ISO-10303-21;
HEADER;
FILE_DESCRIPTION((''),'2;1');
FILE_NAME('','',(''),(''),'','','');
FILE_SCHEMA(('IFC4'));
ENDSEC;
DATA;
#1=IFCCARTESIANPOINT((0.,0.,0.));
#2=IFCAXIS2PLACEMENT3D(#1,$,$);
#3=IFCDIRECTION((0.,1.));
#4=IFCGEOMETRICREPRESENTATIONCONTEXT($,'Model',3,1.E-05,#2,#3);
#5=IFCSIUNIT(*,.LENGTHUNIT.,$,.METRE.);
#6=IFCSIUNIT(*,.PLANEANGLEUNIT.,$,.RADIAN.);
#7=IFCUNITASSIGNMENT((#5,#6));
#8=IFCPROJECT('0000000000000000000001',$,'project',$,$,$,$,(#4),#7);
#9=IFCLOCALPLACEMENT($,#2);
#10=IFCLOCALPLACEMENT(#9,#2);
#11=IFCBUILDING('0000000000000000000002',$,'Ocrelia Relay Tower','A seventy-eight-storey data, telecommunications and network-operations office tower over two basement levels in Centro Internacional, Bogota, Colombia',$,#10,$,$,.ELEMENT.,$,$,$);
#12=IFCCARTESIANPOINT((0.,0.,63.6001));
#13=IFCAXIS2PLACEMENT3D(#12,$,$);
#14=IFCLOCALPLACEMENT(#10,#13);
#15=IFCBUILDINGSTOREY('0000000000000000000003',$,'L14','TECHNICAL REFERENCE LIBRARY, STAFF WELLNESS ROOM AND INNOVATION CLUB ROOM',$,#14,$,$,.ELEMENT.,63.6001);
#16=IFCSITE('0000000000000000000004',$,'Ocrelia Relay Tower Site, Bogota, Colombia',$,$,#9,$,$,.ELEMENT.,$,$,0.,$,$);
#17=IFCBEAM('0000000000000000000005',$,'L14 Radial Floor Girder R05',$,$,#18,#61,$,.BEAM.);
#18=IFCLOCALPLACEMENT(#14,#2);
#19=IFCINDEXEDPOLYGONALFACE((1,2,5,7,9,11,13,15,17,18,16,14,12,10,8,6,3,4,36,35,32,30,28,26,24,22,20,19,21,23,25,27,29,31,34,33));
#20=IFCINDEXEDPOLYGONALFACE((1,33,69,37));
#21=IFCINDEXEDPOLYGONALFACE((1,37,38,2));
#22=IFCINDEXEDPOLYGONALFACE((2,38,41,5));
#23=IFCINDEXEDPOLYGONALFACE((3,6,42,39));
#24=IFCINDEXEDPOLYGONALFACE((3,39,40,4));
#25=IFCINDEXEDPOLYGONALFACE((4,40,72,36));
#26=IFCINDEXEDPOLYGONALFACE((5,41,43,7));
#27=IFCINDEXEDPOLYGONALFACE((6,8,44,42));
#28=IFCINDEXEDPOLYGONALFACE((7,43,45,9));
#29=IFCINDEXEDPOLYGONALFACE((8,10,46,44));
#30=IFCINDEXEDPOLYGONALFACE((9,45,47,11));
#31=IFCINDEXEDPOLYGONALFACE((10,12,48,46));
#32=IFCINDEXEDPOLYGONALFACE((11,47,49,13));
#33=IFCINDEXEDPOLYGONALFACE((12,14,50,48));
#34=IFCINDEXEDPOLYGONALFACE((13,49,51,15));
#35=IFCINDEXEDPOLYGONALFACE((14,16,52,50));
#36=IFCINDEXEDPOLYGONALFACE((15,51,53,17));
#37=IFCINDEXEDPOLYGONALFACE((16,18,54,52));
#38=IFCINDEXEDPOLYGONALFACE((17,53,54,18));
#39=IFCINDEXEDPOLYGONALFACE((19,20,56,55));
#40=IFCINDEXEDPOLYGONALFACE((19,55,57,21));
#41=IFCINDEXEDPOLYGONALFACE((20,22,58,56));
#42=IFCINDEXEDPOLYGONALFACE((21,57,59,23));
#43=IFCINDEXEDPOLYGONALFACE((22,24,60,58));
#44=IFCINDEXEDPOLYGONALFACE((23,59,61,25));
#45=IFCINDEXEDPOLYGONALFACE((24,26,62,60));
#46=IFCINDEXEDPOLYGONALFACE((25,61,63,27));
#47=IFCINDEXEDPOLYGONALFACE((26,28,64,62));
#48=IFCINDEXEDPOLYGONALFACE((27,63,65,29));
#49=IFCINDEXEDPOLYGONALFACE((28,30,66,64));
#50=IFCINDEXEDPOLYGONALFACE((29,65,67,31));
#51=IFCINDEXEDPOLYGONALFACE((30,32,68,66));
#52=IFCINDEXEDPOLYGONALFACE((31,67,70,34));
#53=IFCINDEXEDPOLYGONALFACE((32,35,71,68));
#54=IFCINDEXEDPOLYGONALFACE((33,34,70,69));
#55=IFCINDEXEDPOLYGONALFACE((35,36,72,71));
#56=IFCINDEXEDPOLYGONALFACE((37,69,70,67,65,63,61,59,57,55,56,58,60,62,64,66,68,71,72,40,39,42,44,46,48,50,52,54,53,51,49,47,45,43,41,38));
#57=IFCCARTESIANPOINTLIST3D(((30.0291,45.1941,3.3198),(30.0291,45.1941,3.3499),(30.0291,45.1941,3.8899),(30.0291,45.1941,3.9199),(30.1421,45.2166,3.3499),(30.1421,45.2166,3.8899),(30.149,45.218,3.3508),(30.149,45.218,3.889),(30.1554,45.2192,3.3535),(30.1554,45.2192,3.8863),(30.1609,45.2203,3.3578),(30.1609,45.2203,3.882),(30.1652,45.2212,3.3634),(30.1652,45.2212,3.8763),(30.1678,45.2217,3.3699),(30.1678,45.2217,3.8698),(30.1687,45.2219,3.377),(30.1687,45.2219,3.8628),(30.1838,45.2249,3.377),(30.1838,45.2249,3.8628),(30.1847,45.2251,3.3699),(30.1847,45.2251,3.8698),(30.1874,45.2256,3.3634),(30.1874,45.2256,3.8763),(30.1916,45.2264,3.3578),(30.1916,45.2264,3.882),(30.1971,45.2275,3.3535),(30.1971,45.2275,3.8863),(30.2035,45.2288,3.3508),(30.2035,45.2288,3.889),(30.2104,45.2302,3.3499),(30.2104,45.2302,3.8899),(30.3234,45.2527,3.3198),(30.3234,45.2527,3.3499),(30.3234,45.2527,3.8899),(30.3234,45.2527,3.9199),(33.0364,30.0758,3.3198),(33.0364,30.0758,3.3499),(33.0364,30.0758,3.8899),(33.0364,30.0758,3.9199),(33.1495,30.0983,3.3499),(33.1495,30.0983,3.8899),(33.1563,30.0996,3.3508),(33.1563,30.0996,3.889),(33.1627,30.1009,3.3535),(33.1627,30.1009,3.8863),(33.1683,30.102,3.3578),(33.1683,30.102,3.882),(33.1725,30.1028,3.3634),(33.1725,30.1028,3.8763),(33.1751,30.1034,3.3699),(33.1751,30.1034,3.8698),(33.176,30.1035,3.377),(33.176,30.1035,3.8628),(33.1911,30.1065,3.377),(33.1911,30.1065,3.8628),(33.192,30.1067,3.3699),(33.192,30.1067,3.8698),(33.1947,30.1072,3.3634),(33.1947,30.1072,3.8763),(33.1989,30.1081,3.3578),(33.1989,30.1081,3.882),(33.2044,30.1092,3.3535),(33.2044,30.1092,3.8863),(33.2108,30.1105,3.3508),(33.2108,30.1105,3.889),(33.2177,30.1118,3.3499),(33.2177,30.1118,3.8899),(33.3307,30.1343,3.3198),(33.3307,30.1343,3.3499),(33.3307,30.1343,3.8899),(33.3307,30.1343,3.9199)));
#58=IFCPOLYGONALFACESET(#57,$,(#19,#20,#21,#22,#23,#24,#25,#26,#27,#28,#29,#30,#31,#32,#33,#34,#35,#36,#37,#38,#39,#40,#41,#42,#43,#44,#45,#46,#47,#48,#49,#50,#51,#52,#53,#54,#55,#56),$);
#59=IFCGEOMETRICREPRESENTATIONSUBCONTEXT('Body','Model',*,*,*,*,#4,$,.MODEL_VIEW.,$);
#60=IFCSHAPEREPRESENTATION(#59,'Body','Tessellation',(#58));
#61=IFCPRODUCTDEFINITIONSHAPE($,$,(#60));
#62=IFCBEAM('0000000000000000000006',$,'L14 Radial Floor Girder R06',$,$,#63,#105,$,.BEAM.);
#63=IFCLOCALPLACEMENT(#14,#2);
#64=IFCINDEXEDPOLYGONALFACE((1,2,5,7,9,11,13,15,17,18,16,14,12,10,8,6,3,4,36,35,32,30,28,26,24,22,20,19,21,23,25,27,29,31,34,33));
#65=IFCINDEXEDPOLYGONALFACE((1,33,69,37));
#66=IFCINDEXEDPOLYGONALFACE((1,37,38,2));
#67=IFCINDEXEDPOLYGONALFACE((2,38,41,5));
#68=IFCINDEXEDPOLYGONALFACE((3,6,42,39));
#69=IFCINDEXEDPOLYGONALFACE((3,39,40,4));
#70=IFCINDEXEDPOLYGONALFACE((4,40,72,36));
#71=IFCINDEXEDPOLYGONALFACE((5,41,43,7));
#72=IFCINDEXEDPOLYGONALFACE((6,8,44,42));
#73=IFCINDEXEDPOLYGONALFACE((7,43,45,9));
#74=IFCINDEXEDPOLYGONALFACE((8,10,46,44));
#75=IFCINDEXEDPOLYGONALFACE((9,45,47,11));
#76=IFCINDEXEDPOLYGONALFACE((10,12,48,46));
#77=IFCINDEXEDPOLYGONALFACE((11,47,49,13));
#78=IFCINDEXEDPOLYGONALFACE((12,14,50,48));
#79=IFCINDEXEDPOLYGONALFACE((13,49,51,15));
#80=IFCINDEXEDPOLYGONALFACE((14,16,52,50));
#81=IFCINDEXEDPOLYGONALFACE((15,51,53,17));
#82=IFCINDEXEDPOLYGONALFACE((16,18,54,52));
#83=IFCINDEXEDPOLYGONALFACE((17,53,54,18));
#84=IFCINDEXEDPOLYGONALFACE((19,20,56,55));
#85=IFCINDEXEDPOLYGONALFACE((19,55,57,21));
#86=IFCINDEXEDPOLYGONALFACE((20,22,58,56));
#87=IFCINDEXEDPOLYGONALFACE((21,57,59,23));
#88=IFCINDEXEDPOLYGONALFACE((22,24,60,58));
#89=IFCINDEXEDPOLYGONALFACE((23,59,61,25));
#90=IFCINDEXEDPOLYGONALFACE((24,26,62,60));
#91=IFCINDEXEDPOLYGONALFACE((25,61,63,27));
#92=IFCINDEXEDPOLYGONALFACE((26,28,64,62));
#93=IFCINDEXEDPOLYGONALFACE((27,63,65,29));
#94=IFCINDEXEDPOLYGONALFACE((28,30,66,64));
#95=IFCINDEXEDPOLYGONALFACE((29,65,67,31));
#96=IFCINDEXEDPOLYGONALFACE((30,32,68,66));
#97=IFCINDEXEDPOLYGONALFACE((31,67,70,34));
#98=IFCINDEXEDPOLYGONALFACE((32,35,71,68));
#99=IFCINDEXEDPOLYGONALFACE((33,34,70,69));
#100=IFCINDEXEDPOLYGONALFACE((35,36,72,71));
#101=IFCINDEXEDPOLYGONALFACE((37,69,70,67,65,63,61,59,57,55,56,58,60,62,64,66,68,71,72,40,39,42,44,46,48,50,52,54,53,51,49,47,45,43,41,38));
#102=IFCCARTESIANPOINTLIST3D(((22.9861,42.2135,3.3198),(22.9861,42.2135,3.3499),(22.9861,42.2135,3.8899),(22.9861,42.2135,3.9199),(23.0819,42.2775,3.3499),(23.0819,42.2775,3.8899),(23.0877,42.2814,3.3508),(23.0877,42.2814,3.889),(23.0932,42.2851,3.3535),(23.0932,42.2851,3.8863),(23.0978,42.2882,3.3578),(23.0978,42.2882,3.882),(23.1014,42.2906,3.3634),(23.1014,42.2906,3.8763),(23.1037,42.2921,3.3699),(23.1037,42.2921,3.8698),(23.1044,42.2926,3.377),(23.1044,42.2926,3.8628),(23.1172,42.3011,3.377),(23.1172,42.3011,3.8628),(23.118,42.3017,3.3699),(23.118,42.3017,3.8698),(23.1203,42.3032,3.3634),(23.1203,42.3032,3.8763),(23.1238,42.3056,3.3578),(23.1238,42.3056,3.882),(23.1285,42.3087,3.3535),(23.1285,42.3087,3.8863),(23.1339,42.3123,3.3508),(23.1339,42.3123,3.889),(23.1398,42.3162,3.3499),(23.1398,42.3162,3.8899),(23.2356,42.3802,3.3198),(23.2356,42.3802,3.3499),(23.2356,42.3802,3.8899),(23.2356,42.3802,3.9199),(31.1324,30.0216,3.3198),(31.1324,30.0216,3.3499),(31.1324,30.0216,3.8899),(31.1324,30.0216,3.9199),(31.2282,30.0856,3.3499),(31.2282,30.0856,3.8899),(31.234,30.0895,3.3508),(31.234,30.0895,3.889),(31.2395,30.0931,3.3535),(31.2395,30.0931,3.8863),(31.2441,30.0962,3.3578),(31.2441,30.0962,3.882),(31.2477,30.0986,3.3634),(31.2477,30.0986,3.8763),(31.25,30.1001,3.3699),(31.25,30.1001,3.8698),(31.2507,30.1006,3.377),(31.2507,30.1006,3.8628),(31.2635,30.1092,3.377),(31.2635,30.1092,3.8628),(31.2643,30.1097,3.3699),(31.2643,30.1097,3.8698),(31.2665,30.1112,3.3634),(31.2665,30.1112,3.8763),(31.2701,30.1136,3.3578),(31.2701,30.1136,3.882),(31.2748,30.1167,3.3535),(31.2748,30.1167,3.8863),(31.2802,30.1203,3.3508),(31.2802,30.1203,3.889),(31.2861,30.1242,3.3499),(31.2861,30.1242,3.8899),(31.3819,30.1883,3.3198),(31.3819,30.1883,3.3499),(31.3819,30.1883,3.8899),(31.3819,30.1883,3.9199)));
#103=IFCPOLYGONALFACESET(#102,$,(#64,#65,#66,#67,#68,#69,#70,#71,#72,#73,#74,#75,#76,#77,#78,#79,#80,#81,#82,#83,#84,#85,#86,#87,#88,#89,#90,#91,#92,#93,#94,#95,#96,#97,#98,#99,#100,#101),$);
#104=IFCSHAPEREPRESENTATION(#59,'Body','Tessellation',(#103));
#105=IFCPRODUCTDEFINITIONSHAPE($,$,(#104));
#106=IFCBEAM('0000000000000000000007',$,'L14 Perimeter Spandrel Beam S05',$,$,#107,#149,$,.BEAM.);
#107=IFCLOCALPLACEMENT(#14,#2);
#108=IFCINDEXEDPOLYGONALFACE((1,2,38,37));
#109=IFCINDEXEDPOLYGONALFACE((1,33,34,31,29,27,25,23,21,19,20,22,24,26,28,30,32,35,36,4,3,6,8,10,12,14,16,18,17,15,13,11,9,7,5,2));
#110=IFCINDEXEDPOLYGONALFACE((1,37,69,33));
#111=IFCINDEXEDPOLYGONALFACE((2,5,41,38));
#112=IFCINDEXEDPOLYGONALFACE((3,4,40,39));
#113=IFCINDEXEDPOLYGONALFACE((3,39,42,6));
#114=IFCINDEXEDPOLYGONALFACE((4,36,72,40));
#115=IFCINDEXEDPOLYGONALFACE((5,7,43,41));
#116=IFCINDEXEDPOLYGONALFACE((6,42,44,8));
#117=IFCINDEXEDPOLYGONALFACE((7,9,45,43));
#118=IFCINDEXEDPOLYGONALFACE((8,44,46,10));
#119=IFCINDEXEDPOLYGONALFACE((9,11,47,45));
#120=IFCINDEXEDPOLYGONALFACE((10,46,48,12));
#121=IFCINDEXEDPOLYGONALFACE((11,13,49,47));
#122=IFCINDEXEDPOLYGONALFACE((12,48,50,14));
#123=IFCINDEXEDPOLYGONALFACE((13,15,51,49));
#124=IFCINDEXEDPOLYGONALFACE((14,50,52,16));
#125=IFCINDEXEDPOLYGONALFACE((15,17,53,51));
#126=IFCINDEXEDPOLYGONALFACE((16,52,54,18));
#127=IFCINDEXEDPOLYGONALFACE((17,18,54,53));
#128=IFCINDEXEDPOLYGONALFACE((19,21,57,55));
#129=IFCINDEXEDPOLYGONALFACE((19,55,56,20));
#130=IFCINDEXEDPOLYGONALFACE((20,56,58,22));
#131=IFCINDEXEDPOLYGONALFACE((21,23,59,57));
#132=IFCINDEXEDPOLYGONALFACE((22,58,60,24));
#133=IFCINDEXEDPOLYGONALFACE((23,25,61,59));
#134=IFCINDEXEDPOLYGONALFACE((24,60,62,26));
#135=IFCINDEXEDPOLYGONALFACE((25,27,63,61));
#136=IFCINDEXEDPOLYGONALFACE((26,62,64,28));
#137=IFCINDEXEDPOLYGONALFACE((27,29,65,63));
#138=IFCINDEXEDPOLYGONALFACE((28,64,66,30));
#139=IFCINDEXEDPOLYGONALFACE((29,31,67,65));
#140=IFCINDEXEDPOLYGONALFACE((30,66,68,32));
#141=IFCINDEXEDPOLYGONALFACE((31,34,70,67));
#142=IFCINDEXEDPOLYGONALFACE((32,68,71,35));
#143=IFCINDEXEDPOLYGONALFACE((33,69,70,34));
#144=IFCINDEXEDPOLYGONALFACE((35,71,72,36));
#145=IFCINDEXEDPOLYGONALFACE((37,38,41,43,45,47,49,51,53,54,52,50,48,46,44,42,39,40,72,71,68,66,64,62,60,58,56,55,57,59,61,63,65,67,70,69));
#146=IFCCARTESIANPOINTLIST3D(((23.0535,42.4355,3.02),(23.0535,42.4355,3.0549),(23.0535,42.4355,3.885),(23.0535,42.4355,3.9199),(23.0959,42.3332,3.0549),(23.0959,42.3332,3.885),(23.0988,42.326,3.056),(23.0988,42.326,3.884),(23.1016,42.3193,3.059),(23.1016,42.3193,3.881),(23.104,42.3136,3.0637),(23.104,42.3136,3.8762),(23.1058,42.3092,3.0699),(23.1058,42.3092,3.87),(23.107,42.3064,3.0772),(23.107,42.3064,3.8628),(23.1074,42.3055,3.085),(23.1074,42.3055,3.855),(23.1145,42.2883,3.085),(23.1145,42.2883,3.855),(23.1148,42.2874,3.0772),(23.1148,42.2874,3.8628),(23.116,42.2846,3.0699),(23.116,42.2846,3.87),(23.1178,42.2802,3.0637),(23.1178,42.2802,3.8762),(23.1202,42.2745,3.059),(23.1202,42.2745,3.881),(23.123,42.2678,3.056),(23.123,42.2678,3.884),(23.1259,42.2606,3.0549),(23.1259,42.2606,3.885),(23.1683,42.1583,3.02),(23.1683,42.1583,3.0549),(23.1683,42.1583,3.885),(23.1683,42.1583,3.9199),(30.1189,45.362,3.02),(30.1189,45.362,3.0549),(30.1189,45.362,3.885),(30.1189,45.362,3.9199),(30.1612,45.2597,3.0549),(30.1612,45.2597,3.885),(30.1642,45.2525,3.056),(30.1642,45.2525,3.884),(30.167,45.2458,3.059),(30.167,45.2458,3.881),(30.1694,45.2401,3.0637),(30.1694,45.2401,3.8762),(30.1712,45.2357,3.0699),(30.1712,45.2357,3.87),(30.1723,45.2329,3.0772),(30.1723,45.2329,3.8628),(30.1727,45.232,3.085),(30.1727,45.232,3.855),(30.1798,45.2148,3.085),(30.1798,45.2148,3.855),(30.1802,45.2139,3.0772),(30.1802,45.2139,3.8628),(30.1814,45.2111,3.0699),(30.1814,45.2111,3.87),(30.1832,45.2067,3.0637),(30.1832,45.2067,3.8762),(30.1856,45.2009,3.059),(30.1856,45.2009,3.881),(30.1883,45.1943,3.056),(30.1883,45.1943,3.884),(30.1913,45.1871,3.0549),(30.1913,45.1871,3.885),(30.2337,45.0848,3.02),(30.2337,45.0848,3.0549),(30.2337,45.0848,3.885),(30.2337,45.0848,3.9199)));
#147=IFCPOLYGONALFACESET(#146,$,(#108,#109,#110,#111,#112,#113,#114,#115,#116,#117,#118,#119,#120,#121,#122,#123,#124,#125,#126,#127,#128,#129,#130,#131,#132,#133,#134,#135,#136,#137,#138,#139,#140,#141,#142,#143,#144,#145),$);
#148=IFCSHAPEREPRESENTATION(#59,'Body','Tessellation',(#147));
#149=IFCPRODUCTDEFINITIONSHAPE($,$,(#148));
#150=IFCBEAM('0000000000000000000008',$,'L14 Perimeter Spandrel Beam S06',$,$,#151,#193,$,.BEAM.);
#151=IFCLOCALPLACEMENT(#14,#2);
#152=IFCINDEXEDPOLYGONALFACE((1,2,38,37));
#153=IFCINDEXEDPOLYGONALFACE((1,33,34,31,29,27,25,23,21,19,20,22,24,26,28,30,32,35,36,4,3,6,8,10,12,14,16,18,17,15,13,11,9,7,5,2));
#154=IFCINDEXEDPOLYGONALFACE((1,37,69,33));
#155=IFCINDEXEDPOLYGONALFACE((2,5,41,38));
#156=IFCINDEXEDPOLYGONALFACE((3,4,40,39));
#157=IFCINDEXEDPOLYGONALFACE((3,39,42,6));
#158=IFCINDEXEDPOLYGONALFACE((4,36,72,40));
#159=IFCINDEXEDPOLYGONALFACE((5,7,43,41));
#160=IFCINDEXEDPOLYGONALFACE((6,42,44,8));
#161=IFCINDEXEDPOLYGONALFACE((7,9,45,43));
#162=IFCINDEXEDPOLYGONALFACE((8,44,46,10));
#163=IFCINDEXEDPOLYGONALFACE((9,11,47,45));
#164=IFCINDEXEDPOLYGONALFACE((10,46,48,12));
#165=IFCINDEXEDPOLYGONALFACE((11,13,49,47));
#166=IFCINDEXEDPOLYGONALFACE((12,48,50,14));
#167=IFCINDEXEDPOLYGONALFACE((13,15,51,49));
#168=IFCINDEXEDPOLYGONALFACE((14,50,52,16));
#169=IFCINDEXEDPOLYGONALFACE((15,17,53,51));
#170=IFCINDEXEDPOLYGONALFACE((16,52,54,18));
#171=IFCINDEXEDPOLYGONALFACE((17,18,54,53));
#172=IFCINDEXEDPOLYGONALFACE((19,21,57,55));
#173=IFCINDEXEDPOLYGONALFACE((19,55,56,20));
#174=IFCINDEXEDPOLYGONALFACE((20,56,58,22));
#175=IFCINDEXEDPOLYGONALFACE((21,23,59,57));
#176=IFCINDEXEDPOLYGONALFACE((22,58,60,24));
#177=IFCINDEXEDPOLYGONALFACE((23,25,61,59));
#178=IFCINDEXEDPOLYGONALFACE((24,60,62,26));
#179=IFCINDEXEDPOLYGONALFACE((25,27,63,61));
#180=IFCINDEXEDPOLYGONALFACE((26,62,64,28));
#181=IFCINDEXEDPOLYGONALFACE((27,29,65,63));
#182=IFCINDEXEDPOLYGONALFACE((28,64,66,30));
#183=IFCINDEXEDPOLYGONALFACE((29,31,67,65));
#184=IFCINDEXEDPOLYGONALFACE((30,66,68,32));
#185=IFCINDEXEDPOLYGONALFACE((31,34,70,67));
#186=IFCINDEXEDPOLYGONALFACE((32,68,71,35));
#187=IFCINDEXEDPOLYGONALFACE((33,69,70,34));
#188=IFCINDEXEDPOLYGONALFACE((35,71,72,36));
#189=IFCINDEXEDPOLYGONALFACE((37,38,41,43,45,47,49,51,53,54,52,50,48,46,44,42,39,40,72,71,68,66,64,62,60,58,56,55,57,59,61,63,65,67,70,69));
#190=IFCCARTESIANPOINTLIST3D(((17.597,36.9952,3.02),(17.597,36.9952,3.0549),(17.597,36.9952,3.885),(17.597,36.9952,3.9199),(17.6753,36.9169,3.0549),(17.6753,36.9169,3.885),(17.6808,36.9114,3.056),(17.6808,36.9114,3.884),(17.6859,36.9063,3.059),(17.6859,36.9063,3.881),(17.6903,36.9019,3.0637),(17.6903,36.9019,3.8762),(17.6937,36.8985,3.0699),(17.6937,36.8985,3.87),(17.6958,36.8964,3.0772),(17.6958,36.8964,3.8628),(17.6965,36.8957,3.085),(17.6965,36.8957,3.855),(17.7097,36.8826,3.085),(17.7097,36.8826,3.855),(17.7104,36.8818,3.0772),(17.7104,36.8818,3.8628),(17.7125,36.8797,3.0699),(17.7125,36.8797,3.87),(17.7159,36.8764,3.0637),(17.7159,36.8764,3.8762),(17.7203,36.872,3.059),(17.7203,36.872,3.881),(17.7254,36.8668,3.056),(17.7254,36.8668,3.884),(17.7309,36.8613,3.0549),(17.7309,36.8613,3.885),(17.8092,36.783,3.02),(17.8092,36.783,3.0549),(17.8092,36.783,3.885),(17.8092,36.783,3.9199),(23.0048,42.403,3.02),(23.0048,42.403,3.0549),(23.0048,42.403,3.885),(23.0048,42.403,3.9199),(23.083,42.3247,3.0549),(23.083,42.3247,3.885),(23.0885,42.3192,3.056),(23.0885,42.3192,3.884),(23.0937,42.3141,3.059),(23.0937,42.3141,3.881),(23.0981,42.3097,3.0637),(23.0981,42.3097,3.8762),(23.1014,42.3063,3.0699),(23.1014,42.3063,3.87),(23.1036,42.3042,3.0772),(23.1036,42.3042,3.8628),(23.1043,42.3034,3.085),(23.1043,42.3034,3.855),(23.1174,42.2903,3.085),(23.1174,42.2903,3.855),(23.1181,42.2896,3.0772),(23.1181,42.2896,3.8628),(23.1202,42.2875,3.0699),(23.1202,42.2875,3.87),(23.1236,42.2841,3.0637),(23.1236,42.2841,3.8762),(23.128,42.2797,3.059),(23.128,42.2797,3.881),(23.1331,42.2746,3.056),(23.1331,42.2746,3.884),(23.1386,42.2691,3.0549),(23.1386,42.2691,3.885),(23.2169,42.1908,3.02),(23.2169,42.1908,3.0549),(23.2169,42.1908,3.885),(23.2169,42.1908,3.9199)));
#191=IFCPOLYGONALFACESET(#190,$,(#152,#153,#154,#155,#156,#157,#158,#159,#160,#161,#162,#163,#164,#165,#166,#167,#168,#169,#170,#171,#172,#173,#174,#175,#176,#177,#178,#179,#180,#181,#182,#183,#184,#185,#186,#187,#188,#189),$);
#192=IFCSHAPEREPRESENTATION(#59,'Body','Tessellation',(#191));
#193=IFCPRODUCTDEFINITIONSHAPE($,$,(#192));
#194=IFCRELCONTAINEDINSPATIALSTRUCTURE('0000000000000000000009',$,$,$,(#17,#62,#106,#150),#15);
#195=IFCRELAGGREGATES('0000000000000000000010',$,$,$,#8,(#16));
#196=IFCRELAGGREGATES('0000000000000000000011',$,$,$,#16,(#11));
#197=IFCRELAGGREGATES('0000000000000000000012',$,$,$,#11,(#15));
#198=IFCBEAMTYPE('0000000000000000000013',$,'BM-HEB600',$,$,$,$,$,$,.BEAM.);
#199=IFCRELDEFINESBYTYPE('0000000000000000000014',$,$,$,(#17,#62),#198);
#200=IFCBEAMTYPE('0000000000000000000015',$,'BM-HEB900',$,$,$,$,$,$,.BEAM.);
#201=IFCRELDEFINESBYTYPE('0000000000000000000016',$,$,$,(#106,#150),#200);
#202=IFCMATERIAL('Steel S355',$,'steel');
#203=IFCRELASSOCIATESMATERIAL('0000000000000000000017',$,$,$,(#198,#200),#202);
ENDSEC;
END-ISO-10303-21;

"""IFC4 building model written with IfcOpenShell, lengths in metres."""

from ifc_helpers import new_model, si_unit, direction, frame, origin, origin_2d, place, context, subcontext, project, spatial, i_section, extrude, material, material_profile, profile_set, type_object, element, save


model = new_model("IFC4")

# Units and contexts
model_context = context("Model", 3, precision=1e-05, world=origin(), true_north=direction((0.0, 1.0)))
body_context = subcontext(model_context, "Body", "Model", "MODEL_VIEW")
ifc_project = project(units=[si_unit("LENGTHUNIT", "METRE"), si_unit("PLANEANGLEUNIT", "RADIAN")], contexts=[model_context])

# Site, building, storey
site_placement = place(None, origin())
site = spatial("IfcSite", under=ifc_project, at=site_placement, Name="Ocrelia Relay Tower Site, Bogota, Colombia", CompositionType="ELEMENT", RefElevation=0.0)
building_placement = place(site_placement, origin())
building = spatial("IfcBuilding", under=site, at=building_placement, Name="Ocrelia Relay Tower", Description="A seventy-eight-storey data, telecommunications and network-operations office tower over two basement levels in Centro Internacional, Bogota, Colombia", CompositionType="ELEMENT")
storey_placement = place(building_placement, frame((0.0, 0.0, 63.6001)))
storey = spatial("IfcBuildingStorey", under=building, at=storey_placement, Name="L14", Description="TECHNICAL REFERENCE LIBRARY, STAFF WELLNESS ROOM AND INNOVATION CLUB ROOM", CompositionType="ELEMENT", Elevation=63.6001)

# Beams
ifc_material_1 = material(Name="Steel S355", Category="steel")
ifc_material_profile_1 = material_profile(ifc_material_1, i_section(OverallWidth=0.3, OverallDepth=0.6001, WebThickness=0.0154, FlangeThickness=0.03, FilletRadius=0.0271, at=origin_2d()), Name="HEB 600")
ifc_profile_set_1 = profile_set([ifc_material_profile_1], Name="Steel S355")
beam_type_1 = type_object("IfcBeamType", Name="BM-HEB600", PredefinedType="BEAM", material=ifc_profile_set_1)
beam_1_placement = place(storey_placement, frame((30.1763, 45.2234, 3.6199), z_axis=(0.195096, -0.980784, 0.0), x_axis=(0.980784, 0.195096, 0.0)))
element("IfcBeam", 1, at=beam_1_placement, inside=storey, type_object=beam_type_1, Name="L14 Radial Floor Girder R05", PredefinedType="BEAM", context=body_context, shape_type="SweptSolid", body=[
    extrude(i_section(OverallWidth=0.3, OverallDepth=0.6001, WebThickness=0.0154, FlangeThickness=0.03, FilletRadius=0.0271, at=origin_2d()), origin(), (0.0, 0.0, 1.0), 15.4146),
])
beam_2_placement = place(storey_placement, frame((23.1108, 42.2969, 3.6199), z_axis=(0.555564, -0.831473, 0.0), x_axis=(0.831473, 0.555564, 0.0)))
element("IfcBeam", 2, at=beam_2_placement, inside=storey, type_object=beam_type_1, Name="L14 Radial Floor Girder R06", PredefinedType="BEAM", context=body_context, shape_type="SweptSolid", body=[
    extrude(i_section(OverallWidth=0.3, OverallDepth=0.6001, WebThickness=0.0154, FlangeThickness=0.03, FilletRadius=0.0271, at=origin_2d()), origin(), (0.0, 0.0, 1.0), 14.6631),
])
ifc_material_profile_2 = material_profile(ifc_material_1, i_section(OverallWidth=0.3, OverallDepth=0.8999, WebThickness=0.0186, FlangeThickness=0.0349, FilletRadius=0.03, at=origin_2d()), Name="HEB 900")
ifc_profile_set_2 = profile_set([ifc_material_profile_2], Name="Steel S355")
beam_type_2 = type_object("IfcBeamType", Name="BM-HEB900", PredefinedType="BEAM", material=ifc_profile_set_2)
beam_3_placement = place(storey_placement, frame((30.1763, 45.2234, 3.47), z_axis=(-0.923883, -0.382674, 0.0), x_axis=(0.382674, -0.923883, 0.0)))
element("IfcBeam", 3, at=beam_3_placement, inside=storey, type_object=beam_type_2, Name="L14 Perimeter Spandrel Beam S05", PredefinedType="BEAM", context=body_context, shape_type="SweptSolid", body=[
    extrude(i_section(OverallWidth=0.3, OverallDepth=0.8999, WebThickness=0.0186, FlangeThickness=0.0349, FilletRadius=0.03, at=origin_2d()), origin(), (0.0, 0.0, 1.0), 7.6475),
])
beam_4_placement = place(storey_placement, frame((23.1108, 42.2969, 3.47), z_axis=(-0.707107, -0.707107, 0.0), x_axis=(0.707107, -0.707107, 0.0)))
element("IfcBeam", 4, at=beam_4_placement, inside=storey, type_object=beam_type_2, Name="L14 Perimeter Spandrel Beam S06", PredefinedType="BEAM", context=body_context, shape_type="SweptSolid", body=[
    extrude(i_section(OverallWidth=0.3, OverallDepth=0.8999, WebThickness=0.0186, FlangeThickness=0.0349, FilletRadius=0.03, at=origin_2d()), origin(), (0.0, 0.0, 1.0), 7.6477),
])

save(model, "model.ifc")
